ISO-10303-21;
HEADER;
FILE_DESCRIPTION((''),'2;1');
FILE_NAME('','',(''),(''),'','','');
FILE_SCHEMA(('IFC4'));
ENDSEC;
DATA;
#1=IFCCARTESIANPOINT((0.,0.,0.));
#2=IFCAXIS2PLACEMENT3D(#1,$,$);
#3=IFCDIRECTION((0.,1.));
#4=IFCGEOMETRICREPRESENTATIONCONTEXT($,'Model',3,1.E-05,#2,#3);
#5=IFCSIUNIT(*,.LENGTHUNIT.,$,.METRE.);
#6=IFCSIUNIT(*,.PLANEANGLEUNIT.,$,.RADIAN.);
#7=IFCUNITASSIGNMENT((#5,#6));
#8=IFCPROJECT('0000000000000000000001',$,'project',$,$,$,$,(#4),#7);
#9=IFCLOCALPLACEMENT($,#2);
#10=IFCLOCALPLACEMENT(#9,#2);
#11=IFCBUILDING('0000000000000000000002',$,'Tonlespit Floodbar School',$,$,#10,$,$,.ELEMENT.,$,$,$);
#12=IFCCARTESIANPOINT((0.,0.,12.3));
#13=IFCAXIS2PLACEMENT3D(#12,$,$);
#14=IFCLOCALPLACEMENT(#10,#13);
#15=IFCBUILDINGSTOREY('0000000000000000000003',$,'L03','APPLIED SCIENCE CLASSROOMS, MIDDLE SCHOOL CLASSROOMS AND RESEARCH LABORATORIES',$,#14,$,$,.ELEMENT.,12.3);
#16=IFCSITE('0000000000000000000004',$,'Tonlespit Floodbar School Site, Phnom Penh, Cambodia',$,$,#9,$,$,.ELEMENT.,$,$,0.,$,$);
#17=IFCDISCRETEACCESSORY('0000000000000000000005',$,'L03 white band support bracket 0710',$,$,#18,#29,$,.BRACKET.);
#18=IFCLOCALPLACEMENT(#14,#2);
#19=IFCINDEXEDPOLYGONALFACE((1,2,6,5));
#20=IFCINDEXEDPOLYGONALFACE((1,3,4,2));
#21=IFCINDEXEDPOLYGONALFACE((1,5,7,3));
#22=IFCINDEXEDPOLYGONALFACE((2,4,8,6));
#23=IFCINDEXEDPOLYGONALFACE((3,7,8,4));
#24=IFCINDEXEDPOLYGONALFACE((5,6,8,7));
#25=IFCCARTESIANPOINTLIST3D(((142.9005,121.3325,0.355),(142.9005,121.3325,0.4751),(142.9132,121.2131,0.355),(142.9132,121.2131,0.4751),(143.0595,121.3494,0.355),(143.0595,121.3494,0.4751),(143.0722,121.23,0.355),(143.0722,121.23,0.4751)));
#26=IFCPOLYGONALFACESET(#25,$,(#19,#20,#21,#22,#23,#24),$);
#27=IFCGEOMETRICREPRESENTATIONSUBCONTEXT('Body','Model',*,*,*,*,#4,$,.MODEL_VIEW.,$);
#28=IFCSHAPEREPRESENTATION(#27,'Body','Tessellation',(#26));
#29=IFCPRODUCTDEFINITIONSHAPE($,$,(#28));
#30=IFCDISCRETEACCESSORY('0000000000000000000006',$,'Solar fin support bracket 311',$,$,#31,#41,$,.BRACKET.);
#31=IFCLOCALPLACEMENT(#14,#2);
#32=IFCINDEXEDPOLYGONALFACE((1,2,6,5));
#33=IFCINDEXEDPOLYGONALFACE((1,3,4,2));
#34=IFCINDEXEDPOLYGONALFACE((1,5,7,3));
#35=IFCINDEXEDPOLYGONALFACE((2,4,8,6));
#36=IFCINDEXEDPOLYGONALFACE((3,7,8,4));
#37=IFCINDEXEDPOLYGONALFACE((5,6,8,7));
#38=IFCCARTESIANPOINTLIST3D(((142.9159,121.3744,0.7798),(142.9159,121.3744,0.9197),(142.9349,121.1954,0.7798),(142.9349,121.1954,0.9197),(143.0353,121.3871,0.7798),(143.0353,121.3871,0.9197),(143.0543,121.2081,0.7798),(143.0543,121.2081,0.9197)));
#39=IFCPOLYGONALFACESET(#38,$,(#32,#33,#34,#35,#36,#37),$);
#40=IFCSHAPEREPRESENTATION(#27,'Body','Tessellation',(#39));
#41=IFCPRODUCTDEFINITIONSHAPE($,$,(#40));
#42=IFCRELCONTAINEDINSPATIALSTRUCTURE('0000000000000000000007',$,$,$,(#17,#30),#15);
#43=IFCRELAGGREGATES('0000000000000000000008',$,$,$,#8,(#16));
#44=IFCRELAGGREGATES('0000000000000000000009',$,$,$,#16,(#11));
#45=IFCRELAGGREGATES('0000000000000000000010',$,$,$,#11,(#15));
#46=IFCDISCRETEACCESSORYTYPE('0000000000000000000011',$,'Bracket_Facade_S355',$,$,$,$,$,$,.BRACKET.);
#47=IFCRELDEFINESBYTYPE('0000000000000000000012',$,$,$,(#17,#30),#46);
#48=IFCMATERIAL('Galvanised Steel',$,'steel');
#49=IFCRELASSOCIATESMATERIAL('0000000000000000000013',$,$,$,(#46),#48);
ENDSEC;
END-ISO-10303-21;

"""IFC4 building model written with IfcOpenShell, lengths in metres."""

from ifc_helpers import new_model, si_unit, direction, frame, origin, origin_2d, place, context, subcontext, project, spatial, rectangle, extrude, material, type_object, element, save


model = new_model("IFC4")

# Units and contexts
model_context = context("Model", 3, precision=1e-05, world=origin(), true_north=direction((0.0, 1.0)))
body_context = subcontext(model_context, "Body", "Model", "MODEL_VIEW")
ifc_project = project(units=[si_unit("LENGTHUNIT", "METRE"), si_unit("PLANEANGLEUNIT", "RADIAN")], contexts=[model_context])

# Site, building, storey
site_placement = place(None, origin())
site = spatial("IfcSite", under=ifc_project, at=site_placement, Name="Tonlespit Floodbar School Site, Phnom Penh, Cambodia", CompositionType="ELEMENT", RefElevation=0.0)
building_placement = place(site_placement, origin())
building = spatial("IfcBuilding", under=site, at=building_placement, Name="Tonlespit Floodbar School", CompositionType="ELEMENT")
storey_placement = place(building_placement, frame((0.0, 0.0, 12.3)))
storey = spatial("IfcBuildingStorey", under=building, at=storey_placement, Name="L03", Description="APPLIED SCIENCE CLASSROOMS, MIDDLE SCHOOL CLASSROOMS AND RESEARCH LABORATORIES", CompositionType="ELEMENT", Elevation=12.3)

# Discrete accessories
ifc_material_1 = material(Name="Galvanised Steel", Category="steel")
discrete_accessory_type = type_object("IfcDiscreteAccessoryType", Name="Bracket_Facade_S355", PredefinedType="BRACKET", material=ifc_material_1)
discrete_accessory_1_placement = place(storey_placement, frame((142.9863, 121.2812, 0.355), z_axis=(0.0, 0.0, 1.0), x_axis=(0.994392, 0.105754, 0.0)))
element("IfcDiscreteAccessory", 1, at=discrete_accessory_1_placement, inside=storey, type_object=discrete_accessory_type, Name="L03 white band support bracket 0710", PredefinedType="BRACKET", context=body_context, shape_type="SweptSolid", body=[
    extrude(rectangle(XDim=0.1599, YDim=0.1201, at=origin_2d()), origin(), (0.0, 0.0, 1.0), 0.1201),
])
discrete_accessory_2_placement = place(storey_placement, frame((142.9851, 121.2913, 0.7798), z_axis=(0.0, 0.0, 1.0), x_axis=(0.994392, 0.105754, 0.0)))
element("IfcDiscreteAccessory", 2, at=discrete_accessory_2_placement, inside=storey, type_object=discrete_accessory_type, Name="Solar fin support bracket 311", PredefinedType="BRACKET", context=body_context, shape_type="SweptSolid", body=[
    extrude(rectangle(XDim=0.1201, YDim=0.1799, at=origin_2d()), origin(), (0.0, 0.0, 1.0), 0.1399),
])

save(model, "model.ifc")
